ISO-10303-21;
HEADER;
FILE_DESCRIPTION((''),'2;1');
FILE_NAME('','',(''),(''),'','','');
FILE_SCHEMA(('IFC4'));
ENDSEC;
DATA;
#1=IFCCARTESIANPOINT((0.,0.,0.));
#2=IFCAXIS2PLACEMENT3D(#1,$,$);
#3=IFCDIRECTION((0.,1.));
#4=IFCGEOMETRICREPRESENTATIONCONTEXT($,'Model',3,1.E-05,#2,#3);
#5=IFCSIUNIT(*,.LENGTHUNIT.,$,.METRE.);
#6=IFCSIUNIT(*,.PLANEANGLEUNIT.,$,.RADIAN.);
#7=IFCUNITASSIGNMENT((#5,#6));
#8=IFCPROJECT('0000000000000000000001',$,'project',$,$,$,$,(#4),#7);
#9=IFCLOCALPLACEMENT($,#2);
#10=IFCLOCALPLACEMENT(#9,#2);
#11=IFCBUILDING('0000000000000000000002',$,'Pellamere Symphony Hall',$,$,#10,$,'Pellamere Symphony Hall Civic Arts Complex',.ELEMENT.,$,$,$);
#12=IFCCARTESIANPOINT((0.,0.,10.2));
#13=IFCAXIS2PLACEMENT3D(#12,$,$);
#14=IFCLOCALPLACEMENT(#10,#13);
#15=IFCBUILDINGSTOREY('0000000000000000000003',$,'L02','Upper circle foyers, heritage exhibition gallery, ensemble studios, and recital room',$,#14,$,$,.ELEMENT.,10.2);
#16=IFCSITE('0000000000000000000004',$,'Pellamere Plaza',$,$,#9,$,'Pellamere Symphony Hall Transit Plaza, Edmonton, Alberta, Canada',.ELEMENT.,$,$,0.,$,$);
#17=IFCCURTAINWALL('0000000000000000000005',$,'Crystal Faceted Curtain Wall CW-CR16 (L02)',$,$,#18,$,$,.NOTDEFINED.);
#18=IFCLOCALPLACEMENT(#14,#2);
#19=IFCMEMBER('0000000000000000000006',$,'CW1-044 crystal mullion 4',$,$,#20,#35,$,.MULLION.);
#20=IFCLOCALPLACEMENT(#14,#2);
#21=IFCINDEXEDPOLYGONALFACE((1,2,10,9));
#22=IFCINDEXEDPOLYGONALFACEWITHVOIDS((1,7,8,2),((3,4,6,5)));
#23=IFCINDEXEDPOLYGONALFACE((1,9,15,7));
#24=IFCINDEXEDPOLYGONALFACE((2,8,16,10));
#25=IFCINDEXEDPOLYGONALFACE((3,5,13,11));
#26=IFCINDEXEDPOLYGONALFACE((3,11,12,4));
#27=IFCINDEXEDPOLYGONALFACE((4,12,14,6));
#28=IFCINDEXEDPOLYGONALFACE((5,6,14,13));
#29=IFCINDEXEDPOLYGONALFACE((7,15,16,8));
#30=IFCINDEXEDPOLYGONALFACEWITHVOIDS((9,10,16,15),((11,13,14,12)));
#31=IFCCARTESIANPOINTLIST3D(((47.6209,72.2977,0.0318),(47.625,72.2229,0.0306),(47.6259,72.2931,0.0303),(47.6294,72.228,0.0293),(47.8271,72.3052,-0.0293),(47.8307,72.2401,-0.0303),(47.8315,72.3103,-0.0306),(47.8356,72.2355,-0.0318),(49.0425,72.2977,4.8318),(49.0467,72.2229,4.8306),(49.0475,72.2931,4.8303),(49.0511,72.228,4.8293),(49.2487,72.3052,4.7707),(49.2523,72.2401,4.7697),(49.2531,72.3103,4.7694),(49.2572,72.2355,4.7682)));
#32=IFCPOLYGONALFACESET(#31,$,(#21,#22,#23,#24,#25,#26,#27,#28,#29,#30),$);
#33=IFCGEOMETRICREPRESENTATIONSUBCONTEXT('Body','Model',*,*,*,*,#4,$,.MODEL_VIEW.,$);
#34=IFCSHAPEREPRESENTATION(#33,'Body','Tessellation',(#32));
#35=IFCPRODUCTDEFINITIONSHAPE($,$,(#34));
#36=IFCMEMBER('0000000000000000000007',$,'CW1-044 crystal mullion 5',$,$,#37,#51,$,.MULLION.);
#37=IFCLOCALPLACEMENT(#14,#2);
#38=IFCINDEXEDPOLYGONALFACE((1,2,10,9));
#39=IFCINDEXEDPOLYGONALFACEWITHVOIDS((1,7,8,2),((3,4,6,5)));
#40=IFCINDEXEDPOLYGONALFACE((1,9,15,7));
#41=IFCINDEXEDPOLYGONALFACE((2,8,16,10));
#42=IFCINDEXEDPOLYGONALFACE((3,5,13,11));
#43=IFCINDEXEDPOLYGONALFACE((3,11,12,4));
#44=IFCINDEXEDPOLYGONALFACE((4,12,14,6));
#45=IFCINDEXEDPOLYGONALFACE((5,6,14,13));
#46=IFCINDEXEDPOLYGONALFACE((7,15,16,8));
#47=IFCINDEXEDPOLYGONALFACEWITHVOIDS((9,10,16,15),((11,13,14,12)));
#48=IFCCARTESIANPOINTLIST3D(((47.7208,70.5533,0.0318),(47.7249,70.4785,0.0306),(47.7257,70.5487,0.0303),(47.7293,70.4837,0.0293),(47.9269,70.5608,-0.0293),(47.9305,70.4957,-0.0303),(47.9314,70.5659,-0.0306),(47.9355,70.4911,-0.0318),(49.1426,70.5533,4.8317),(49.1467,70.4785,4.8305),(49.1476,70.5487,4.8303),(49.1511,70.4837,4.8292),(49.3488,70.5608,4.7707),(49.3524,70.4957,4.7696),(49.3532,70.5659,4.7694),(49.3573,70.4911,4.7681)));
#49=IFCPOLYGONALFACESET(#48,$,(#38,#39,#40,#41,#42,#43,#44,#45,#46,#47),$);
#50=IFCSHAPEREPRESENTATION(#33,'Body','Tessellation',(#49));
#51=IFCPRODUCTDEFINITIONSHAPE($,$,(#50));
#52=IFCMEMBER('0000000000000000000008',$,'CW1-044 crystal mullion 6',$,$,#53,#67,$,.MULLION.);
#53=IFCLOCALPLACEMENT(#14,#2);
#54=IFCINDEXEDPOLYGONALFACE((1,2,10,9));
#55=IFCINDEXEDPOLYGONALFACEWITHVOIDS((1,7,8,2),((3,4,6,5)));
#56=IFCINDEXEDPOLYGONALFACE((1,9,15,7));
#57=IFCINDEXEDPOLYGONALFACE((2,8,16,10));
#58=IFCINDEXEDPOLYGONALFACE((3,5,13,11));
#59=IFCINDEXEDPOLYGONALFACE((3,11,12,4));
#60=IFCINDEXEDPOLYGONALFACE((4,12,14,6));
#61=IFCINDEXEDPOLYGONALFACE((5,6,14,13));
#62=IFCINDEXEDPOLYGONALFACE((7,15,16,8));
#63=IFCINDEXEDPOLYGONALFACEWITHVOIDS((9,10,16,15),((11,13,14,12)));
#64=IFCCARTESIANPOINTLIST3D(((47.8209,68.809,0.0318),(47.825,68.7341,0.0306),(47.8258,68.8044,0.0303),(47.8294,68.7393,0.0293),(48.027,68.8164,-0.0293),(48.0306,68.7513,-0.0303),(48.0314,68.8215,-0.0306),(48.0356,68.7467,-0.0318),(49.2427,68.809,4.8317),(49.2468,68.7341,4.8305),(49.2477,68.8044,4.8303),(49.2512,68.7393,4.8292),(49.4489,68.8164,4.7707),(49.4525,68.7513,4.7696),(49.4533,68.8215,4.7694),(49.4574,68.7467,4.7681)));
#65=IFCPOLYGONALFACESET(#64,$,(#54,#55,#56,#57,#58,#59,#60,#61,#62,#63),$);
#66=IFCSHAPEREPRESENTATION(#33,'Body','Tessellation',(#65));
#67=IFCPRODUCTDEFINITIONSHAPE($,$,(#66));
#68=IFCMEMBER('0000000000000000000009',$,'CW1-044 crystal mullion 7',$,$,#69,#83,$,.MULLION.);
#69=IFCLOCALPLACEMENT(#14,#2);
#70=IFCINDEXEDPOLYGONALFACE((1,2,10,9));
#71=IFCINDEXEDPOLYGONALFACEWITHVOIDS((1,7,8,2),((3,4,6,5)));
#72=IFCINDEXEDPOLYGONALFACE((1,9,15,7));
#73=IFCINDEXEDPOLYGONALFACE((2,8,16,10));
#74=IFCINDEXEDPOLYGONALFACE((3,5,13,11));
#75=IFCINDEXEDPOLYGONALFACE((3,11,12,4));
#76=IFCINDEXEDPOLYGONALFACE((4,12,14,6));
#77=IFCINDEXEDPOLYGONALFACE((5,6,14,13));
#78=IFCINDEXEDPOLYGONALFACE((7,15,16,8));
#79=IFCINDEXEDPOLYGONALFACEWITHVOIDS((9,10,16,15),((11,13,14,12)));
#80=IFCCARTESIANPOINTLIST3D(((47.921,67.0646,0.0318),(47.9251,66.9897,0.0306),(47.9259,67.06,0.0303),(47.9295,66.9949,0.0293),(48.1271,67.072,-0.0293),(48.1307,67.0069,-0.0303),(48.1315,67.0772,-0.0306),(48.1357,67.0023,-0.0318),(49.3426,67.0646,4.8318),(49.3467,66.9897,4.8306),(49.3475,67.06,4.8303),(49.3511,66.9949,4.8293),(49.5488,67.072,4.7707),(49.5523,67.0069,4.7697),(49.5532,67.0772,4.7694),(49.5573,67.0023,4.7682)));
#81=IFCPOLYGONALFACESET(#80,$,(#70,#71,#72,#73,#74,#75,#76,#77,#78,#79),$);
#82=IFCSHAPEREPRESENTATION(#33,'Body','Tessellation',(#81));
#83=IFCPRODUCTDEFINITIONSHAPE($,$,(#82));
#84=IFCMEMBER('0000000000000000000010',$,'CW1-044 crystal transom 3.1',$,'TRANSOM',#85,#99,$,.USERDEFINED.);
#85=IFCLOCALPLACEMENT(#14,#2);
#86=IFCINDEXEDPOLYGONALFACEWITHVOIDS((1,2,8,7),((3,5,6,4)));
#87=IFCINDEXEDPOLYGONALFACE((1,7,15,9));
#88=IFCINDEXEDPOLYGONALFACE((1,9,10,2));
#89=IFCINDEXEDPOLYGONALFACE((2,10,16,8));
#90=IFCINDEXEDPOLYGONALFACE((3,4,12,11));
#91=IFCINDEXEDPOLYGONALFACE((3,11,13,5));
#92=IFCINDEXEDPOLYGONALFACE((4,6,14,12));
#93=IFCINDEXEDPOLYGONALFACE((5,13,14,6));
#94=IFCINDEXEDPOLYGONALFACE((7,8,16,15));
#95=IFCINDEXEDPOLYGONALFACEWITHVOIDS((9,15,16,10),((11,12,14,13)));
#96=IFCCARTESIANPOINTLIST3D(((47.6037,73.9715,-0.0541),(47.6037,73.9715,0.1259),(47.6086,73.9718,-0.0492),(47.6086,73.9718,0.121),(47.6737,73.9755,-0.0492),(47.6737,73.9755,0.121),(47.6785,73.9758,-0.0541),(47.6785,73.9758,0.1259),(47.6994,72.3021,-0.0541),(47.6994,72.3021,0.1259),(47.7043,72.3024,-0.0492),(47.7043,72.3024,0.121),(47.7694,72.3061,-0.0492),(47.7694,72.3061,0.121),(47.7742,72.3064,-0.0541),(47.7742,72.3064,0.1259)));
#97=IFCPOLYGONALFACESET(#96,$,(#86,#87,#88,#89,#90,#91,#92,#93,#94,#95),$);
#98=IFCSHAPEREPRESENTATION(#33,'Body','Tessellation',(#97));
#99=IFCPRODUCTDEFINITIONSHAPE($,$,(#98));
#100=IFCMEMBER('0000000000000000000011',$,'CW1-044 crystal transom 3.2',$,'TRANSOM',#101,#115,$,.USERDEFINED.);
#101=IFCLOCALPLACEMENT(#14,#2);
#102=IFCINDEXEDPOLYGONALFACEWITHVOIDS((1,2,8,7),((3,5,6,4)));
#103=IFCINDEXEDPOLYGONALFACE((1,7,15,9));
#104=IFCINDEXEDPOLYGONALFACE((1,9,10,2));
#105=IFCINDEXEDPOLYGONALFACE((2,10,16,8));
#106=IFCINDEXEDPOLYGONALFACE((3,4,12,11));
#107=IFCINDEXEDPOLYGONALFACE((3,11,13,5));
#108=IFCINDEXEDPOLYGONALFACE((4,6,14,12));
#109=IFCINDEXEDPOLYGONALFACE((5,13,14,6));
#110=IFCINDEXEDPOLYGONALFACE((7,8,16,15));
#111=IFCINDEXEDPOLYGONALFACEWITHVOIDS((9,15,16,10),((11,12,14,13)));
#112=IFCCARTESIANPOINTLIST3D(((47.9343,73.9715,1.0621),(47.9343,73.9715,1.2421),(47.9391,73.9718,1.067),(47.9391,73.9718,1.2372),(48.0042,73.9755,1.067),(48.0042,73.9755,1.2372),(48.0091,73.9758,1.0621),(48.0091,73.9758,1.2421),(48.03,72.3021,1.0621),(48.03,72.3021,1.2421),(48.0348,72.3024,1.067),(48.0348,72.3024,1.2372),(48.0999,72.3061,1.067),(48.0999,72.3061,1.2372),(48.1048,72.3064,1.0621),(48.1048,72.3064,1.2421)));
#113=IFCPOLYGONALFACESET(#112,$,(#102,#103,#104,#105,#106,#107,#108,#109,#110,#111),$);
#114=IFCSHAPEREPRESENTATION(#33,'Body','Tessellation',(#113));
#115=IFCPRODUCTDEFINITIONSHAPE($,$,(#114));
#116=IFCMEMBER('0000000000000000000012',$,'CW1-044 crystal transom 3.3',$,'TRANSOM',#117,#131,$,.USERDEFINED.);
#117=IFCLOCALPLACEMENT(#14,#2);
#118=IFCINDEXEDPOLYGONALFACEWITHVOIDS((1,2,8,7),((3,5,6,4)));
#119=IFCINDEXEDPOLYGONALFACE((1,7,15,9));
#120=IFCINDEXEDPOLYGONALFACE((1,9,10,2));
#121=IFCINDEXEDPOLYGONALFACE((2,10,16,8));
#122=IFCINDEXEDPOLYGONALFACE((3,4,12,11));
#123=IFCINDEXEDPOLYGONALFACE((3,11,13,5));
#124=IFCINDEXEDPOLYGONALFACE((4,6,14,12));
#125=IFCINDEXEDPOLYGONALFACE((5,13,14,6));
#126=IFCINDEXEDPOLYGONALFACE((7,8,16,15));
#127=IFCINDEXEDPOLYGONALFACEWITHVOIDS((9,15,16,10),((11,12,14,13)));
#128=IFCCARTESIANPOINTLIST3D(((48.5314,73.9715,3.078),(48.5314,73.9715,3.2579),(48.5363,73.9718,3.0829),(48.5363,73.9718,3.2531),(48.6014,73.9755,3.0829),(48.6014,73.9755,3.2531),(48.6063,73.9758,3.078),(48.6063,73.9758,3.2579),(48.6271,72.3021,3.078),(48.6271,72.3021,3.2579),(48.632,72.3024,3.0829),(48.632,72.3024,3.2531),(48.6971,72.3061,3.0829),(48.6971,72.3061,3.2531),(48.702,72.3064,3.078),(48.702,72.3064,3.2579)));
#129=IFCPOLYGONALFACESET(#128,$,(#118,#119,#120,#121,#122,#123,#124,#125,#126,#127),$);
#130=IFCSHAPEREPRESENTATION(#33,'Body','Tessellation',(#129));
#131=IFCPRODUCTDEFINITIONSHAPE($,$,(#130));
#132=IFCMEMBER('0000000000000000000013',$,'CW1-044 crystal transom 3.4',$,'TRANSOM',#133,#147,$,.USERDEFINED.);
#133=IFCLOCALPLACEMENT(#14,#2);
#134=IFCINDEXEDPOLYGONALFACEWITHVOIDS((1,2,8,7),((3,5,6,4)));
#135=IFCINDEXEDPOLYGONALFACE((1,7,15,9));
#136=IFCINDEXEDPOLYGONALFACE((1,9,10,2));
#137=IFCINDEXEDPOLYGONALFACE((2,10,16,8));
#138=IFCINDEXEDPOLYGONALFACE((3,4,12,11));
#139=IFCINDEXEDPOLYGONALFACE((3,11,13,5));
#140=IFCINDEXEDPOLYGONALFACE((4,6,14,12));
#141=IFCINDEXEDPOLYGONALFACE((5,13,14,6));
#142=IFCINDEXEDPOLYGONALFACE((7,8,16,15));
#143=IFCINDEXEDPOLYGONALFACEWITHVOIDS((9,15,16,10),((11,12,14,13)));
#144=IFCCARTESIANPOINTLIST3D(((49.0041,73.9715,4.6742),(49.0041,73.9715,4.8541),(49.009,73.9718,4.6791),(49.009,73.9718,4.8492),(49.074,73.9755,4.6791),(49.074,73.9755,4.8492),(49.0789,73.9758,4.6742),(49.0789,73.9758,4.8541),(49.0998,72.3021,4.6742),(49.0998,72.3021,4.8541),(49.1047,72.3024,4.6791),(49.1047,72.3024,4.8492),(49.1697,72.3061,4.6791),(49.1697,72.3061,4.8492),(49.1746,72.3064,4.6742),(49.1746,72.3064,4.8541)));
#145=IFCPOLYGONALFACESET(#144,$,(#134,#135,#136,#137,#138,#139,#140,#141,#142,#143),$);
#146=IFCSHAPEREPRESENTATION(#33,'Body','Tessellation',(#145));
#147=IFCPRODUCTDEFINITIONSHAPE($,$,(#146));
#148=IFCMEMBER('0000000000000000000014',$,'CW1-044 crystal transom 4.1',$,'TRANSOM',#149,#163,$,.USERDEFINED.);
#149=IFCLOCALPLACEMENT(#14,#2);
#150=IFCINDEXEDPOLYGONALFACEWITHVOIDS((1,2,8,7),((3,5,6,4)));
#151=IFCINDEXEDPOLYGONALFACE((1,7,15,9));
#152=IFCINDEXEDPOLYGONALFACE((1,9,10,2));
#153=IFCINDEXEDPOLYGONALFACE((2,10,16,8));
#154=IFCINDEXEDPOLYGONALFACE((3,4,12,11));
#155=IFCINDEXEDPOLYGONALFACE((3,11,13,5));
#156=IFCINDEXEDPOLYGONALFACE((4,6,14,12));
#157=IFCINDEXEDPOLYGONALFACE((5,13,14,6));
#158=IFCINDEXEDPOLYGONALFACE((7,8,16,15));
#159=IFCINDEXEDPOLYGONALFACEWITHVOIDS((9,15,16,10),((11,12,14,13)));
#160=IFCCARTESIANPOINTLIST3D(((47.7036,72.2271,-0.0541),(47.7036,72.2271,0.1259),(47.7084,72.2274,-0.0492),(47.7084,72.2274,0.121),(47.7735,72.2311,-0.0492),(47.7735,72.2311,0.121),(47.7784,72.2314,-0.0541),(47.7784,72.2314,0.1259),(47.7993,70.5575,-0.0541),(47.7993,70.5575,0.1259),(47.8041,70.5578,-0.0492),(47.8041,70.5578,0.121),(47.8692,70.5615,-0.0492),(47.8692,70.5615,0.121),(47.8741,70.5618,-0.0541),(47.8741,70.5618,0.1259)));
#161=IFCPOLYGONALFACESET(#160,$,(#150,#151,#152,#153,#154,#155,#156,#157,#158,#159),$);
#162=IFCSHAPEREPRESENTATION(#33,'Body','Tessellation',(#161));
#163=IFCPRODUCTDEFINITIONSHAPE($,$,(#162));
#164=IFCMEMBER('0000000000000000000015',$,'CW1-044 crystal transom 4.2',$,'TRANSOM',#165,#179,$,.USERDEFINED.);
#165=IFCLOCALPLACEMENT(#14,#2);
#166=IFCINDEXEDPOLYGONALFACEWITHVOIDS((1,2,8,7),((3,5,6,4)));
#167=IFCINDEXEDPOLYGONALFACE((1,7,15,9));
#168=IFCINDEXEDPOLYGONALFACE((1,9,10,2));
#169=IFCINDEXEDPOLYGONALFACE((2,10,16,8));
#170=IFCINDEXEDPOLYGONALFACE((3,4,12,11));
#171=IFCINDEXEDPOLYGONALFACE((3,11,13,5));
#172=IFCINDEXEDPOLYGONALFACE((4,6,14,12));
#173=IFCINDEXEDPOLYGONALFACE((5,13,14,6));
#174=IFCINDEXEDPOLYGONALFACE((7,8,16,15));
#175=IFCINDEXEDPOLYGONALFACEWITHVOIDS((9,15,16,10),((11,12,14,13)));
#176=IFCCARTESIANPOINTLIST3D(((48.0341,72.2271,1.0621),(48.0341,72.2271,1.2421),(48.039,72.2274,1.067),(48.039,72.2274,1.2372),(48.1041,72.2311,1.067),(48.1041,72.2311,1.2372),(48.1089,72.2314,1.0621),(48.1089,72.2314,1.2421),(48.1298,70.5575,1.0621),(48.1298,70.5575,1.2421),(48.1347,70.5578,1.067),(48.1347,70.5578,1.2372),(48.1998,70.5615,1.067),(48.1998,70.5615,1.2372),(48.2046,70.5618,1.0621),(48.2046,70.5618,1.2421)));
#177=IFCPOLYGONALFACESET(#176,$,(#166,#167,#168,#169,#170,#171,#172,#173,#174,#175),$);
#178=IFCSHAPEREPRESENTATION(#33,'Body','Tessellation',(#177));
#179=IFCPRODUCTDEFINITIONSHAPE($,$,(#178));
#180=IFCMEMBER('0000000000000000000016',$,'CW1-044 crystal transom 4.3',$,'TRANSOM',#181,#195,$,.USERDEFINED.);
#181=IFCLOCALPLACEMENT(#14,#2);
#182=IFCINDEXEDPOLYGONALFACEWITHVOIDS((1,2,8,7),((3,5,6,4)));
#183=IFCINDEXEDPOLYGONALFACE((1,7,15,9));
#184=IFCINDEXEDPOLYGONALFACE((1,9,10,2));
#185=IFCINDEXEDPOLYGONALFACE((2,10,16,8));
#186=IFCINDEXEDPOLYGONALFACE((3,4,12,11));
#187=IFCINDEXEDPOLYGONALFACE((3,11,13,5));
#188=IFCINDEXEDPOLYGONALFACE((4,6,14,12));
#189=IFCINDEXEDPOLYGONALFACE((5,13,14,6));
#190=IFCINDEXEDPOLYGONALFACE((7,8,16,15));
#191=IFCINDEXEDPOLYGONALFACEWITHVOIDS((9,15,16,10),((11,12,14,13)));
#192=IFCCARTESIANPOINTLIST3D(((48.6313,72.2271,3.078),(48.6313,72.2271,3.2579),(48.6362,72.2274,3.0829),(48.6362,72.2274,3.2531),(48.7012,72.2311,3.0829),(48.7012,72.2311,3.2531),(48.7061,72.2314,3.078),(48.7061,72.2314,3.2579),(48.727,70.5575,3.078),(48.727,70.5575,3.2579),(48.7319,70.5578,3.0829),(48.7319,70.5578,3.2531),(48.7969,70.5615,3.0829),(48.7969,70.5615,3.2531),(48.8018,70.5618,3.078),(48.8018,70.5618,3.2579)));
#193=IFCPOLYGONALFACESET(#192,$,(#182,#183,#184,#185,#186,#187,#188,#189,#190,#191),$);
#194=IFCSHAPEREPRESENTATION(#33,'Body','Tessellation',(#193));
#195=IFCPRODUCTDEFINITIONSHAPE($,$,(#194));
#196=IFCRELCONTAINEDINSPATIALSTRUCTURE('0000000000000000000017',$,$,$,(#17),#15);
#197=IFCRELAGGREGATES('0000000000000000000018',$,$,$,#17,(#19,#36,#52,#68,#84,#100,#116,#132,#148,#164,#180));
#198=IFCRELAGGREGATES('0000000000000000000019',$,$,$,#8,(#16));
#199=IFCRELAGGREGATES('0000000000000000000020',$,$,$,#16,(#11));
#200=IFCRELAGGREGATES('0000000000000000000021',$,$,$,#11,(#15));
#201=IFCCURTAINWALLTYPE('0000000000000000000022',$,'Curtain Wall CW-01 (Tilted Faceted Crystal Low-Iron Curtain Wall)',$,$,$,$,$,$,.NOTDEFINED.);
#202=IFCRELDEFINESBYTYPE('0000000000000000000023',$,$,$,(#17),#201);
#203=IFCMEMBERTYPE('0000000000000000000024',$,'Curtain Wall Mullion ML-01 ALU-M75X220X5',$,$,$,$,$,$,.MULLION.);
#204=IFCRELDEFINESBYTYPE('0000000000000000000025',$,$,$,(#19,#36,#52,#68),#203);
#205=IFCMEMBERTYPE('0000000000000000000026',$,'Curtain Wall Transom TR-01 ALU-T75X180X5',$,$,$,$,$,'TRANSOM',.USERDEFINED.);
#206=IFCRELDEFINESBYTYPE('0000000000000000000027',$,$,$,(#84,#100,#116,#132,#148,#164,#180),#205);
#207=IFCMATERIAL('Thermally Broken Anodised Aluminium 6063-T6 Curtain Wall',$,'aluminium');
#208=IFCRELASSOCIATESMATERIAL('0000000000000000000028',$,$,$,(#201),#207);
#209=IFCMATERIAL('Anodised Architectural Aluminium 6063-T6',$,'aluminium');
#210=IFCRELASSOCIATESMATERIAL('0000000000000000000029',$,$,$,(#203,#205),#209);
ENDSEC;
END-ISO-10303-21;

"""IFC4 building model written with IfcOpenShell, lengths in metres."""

from ifc_helpers import new_model, si_unit, direction, frame, origin, origin_2d, place, context, subcontext, project, spatial, hollow_rectangle, extrude, material, material_profile, profile_set, type_object, element, aggregate, save


model = new_model("IFC4")

# Units and contexts
model_context = context("Model", 3, precision=1e-05, world=origin(), true_north=direction((0.0, 1.0)))
body_context = subcontext(model_context, "Body", "Model", "MODEL_VIEW")
ifc_project = project(units=[si_unit("LENGTHUNIT", "METRE"), si_unit("PLANEANGLEUNIT", "RADIAN")], contexts=[model_context])

# Site, building, storey
site_placement = place(None, origin())
site = spatial("IfcSite", under=ifc_project, at=site_placement, Name="Pellamere Plaza", LongName="Pellamere Symphony Hall Transit Plaza, Edmonton, Alberta, Canada", CompositionType="ELEMENT", RefElevation=0.0)
building_placement = place(site_placement, origin())
building = spatial("IfcBuilding", under=site, at=building_placement, Name="Pellamere Symphony Hall", LongName="Pellamere Symphony Hall Civic Arts Complex", CompositionType="ELEMENT")
storey_placement = place(building_placement, frame((0.0, 0.0, 10.2)))
storey = spatial("IfcBuildingStorey", under=building, at=storey_placement, Name="L02", Description="Upper circle foyers, heritage exhibition gallery, ensemble studios, and recital room", CompositionType="ELEMENT", Elevation=10.2)

# Curtain wall, members
ifc_material_1 = material(Name="Thermally Broken Anodised Aluminium 6063-T6 Curtain Wall", Category="aluminium")
curtain_wall_type = type_object("IfcCurtainWallType", Name="Curtain Wall CW-01 (Tilted Faceted Crystal Low-Iron Curtain Wall)", PredefinedType="NOTDEFINED", material=ifc_material_1)
curtain_wall_placement = place(storey_placement, origin())
curtain_wall = element("IfcCurtainWall", 1, at=curtain_wall_placement, inside=storey, type_object=curtain_wall_type, Name="Crystal Faceted Curtain Wall CW-CR16 (L02)", PredefinedType="NOTDEFINED")
ifc_material_2 = material(Name="Anodised Architectural Aluminium 6063-T6", Category="aluminium")
ifc_material_profile_1 = material_profile(ifc_material_2, hollow_rectangle(XDim=0.075, YDim=0.22, WallThickness=0.0049, at=origin_2d()), Name="ALU-M75X220X5")
ifc_profile_set_1 = profile_set([ifc_material_profile_1], Name="Anodised Architectural Aluminium 6063-T6")
member_type_1 = type_object("IfcMemberType", Name="Curtain Wall Mullion ML-01 ALU-M75X220X5", PredefinedType="MULLION", material=ifc_profile_set_1)
member_1_placement = place(storey_placement, frame((47.7283, 72.2666, 0.0), z_axis=(0.283977, 0.0, 0.958831), x_axis=(-0.054875, 0.998361, 0.016252)))
member_1 = element("IfcMember", 2, at=member_1_placement, type_object=member_type_1, Name="CW1-044 crystal mullion 4", PredefinedType="MULLION", context=body_context, shape_type="SweptSolid", body=[
    extrude(hollow_rectangle(XDim=0.075, YDim=0.22, WallThickness=0.0049, at=origin_2d()), origin(), (0.0, 0.0, 1.0), 5.0061),
])
member_2_placement = place(storey_placement, frame((47.8281, 70.5222, 0.0), z_axis=(0.284022, 0.0, 0.958818), x_axis=(-0.054874, 0.998361, 0.016255)))
member_2 = element("IfcMember", 3, at=member_2_placement, type_object=member_type_1, Name="CW1-044 crystal mullion 5", PredefinedType="MULLION", context=body_context, shape_type="SweptSolid", body=[
    extrude(hollow_rectangle(XDim=0.075, YDim=0.22, WallThickness=0.0049, at=origin_2d()), origin(), (0.0, 0.0, 1.0), 5.0061),
])
member_3_placement = place(storey_placement, frame((47.9282, 68.7778, 0.0), z_axis=(0.284022, 0.0, 0.958818), x_axis=(-0.054874, 0.998361, 0.016255)))
member_3 = element("IfcMember", 4, at=member_3_placement, type_object=member_type_1, Name="CW1-044 crystal mullion 6", PredefinedType="MULLION", context=body_context, shape_type="SweptSolid", body=[
    extrude(hollow_rectangle(XDim=0.075, YDim=0.22, WallThickness=0.0049, at=origin_2d()), origin(), (0.0, 0.0, 1.0), 5.0061),
])
member_4_placement = place(storey_placement, frame((48.0283, 67.0334, 0.0), z_axis=(0.283977, 0.0, 0.958831), x_axis=(-0.054875, 0.998361, 0.016252)))
member_4 = element("IfcMember", 5, at=member_4_placement, type_object=member_type_1, Name="CW1-044 crystal mullion 7", PredefinedType="MULLION", context=body_context, shape_type="SweptSolid", body=[
    extrude(hollow_rectangle(XDim=0.075, YDim=0.22, WallThickness=0.0049, at=origin_2d()), origin(), (0.0, 0.0, 1.0), 5.0061),
])
ifc_material_profile_2 = material_profile(ifc_material_2, hollow_rectangle(XDim=0.075, YDim=0.1799, WallThickness=0.0049, at=origin_2d()), Name="ALU-T75X180X5")
ifc_profile_set_2 = profile_set([ifc_material_profile_2], Name="Anodised Architectural Aluminium 6063-T6")
member_type_2 = type_object("IfcMemberType", Name="Curtain Wall Transom TR-01 ALU-T75X180X5", ElementType="TRANSOM", PredefinedType="USERDEFINED", material=ifc_profile_set_2)
member_5_placement = place(storey_placement, frame((47.6411, 73.9736, 0.0359), z_axis=(0.057233, -0.998361, 0.0), x_axis=(0.998361, 0.057233, 0.0)))
member_5 = element("IfcMember", 6, at=member_5_placement, type_object=member_type_2, Name="CW1-044 crystal transom 3.1", ObjectType="TRANSOM", PredefinedType="USERDEFINED", context=body_context, shape_type="SweptSolid", body=[
    extrude(hollow_rectangle(XDim=0.075, YDim=0.1799, WallThickness=0.0049, at=origin_2d()), origin(), (0.0, 0.0, 1.0), 1.6721),
])
member_6_placement = place(storey_placement, frame((47.9717, 73.9736, 1.1521), z_axis=(0.057233, -0.998361, 0.0), x_axis=(0.998361, 0.057233, 0.0)))
member_6 = element("IfcMember", 7, at=member_6_placement, type_object=member_type_2, Name="CW1-044 crystal transom 3.2", ObjectType="TRANSOM", PredefinedType="USERDEFINED", context=body_context, shape_type="SweptSolid", body=[
    extrude(hollow_rectangle(XDim=0.075, YDim=0.1799, WallThickness=0.0049, at=origin_2d()), origin(), (0.0, 0.0, 1.0), 1.6721),
])
member_7_placement = place(storey_placement, frame((48.5688, 73.9736, 3.168), z_axis=(0.057233, -0.998361, 0.0), x_axis=(0.998361, 0.057233, 0.0)))
member_7 = element("IfcMember", 8, at=member_7_placement, type_object=member_type_2, Name="CW1-044 crystal transom 3.3", ObjectType="TRANSOM", PredefinedType="USERDEFINED", context=body_context, shape_type="SweptSolid", body=[
    extrude(hollow_rectangle(XDim=0.075, YDim=0.1799, WallThickness=0.0049, at=origin_2d()), origin(), (0.0, 0.0, 1.0), 1.6721),
])
member_8_placement = place(storey_placement, frame((49.0415, 73.9736, 4.7642), z_axis=(0.057233, -0.998361, 0.0), x_axis=(0.998361, 0.057233, 0.0)))
member_8 = element("IfcMember", 9, at=member_8_placement, type_object=member_type_2, Name="CW1-044 crystal transom 3.4", ObjectType="TRANSOM", PredefinedType="USERDEFINED", context=body_context, shape_type="SweptSolid", body=[
    extrude(hollow_rectangle(XDim=0.075, YDim=0.1799, WallThickness=0.0049, at=origin_2d()), origin(), (0.0, 0.0, 1.0), 1.6721),
])
member_9_placement = place(storey_placement, frame((47.741, 72.2292, 0.0359), z_axis=(0.057224, -0.998361, 0.0), x_axis=(0.998361, 0.057224, 0.0)))
member_9 = element("IfcMember", 10, at=member_9_placement, type_object=member_type_2, Name="CW1-044 crystal transom 4.1", ObjectType="TRANSOM", PredefinedType="USERDEFINED", context=body_context, shape_type="SweptSolid", body=[
    extrude(hollow_rectangle(XDim=0.075, YDim=0.1799, WallThickness=0.0049, at=origin_2d()), origin(), (0.0, 0.0, 1.0), 1.6724),
])
member_10_placement = place(storey_placement, frame((48.0715, 72.2292, 1.1521), z_axis=(0.057224, -0.998361, 0.0), x_axis=(0.998361, 0.057224, 0.0)))
member_10 = element("IfcMember", 11, at=member_10_placement, type_object=member_type_2, Name="CW1-044 crystal transom 4.2", ObjectType="TRANSOM", PredefinedType="USERDEFINED", context=body_context, shape_type="SweptSolid", body=[
    extrude(hollow_rectangle(XDim=0.075, YDim=0.1799, WallThickness=0.0049, at=origin_2d()), origin(), (0.0, 0.0, 1.0), 1.6724),
])
member_11_placement = place(storey_placement, frame((48.6687, 72.2292, 3.168), z_axis=(0.057224, -0.998361, 0.0), x_axis=(0.998361, 0.057224, 0.0)))
member_11 = element("IfcMember", 12, at=member_11_placement, type_object=member_type_2, Name="CW1-044 crystal transom 4.3", ObjectType="TRANSOM", PredefinedType="USERDEFINED", context=body_context, shape_type="SweptSolid", body=[
    extrude(hollow_rectangle(XDim=0.075, YDim=0.1799, WallThickness=0.0049, at=origin_2d()), origin(), (0.0, 0.0, 1.0), 1.6724),
])
aggregate(curtain_wall, [member_1, member_2, member_3, member_4, member_5, member_6, member_7, member_8, member_9, member_10, member_11])

save(model, "model.ifc")
